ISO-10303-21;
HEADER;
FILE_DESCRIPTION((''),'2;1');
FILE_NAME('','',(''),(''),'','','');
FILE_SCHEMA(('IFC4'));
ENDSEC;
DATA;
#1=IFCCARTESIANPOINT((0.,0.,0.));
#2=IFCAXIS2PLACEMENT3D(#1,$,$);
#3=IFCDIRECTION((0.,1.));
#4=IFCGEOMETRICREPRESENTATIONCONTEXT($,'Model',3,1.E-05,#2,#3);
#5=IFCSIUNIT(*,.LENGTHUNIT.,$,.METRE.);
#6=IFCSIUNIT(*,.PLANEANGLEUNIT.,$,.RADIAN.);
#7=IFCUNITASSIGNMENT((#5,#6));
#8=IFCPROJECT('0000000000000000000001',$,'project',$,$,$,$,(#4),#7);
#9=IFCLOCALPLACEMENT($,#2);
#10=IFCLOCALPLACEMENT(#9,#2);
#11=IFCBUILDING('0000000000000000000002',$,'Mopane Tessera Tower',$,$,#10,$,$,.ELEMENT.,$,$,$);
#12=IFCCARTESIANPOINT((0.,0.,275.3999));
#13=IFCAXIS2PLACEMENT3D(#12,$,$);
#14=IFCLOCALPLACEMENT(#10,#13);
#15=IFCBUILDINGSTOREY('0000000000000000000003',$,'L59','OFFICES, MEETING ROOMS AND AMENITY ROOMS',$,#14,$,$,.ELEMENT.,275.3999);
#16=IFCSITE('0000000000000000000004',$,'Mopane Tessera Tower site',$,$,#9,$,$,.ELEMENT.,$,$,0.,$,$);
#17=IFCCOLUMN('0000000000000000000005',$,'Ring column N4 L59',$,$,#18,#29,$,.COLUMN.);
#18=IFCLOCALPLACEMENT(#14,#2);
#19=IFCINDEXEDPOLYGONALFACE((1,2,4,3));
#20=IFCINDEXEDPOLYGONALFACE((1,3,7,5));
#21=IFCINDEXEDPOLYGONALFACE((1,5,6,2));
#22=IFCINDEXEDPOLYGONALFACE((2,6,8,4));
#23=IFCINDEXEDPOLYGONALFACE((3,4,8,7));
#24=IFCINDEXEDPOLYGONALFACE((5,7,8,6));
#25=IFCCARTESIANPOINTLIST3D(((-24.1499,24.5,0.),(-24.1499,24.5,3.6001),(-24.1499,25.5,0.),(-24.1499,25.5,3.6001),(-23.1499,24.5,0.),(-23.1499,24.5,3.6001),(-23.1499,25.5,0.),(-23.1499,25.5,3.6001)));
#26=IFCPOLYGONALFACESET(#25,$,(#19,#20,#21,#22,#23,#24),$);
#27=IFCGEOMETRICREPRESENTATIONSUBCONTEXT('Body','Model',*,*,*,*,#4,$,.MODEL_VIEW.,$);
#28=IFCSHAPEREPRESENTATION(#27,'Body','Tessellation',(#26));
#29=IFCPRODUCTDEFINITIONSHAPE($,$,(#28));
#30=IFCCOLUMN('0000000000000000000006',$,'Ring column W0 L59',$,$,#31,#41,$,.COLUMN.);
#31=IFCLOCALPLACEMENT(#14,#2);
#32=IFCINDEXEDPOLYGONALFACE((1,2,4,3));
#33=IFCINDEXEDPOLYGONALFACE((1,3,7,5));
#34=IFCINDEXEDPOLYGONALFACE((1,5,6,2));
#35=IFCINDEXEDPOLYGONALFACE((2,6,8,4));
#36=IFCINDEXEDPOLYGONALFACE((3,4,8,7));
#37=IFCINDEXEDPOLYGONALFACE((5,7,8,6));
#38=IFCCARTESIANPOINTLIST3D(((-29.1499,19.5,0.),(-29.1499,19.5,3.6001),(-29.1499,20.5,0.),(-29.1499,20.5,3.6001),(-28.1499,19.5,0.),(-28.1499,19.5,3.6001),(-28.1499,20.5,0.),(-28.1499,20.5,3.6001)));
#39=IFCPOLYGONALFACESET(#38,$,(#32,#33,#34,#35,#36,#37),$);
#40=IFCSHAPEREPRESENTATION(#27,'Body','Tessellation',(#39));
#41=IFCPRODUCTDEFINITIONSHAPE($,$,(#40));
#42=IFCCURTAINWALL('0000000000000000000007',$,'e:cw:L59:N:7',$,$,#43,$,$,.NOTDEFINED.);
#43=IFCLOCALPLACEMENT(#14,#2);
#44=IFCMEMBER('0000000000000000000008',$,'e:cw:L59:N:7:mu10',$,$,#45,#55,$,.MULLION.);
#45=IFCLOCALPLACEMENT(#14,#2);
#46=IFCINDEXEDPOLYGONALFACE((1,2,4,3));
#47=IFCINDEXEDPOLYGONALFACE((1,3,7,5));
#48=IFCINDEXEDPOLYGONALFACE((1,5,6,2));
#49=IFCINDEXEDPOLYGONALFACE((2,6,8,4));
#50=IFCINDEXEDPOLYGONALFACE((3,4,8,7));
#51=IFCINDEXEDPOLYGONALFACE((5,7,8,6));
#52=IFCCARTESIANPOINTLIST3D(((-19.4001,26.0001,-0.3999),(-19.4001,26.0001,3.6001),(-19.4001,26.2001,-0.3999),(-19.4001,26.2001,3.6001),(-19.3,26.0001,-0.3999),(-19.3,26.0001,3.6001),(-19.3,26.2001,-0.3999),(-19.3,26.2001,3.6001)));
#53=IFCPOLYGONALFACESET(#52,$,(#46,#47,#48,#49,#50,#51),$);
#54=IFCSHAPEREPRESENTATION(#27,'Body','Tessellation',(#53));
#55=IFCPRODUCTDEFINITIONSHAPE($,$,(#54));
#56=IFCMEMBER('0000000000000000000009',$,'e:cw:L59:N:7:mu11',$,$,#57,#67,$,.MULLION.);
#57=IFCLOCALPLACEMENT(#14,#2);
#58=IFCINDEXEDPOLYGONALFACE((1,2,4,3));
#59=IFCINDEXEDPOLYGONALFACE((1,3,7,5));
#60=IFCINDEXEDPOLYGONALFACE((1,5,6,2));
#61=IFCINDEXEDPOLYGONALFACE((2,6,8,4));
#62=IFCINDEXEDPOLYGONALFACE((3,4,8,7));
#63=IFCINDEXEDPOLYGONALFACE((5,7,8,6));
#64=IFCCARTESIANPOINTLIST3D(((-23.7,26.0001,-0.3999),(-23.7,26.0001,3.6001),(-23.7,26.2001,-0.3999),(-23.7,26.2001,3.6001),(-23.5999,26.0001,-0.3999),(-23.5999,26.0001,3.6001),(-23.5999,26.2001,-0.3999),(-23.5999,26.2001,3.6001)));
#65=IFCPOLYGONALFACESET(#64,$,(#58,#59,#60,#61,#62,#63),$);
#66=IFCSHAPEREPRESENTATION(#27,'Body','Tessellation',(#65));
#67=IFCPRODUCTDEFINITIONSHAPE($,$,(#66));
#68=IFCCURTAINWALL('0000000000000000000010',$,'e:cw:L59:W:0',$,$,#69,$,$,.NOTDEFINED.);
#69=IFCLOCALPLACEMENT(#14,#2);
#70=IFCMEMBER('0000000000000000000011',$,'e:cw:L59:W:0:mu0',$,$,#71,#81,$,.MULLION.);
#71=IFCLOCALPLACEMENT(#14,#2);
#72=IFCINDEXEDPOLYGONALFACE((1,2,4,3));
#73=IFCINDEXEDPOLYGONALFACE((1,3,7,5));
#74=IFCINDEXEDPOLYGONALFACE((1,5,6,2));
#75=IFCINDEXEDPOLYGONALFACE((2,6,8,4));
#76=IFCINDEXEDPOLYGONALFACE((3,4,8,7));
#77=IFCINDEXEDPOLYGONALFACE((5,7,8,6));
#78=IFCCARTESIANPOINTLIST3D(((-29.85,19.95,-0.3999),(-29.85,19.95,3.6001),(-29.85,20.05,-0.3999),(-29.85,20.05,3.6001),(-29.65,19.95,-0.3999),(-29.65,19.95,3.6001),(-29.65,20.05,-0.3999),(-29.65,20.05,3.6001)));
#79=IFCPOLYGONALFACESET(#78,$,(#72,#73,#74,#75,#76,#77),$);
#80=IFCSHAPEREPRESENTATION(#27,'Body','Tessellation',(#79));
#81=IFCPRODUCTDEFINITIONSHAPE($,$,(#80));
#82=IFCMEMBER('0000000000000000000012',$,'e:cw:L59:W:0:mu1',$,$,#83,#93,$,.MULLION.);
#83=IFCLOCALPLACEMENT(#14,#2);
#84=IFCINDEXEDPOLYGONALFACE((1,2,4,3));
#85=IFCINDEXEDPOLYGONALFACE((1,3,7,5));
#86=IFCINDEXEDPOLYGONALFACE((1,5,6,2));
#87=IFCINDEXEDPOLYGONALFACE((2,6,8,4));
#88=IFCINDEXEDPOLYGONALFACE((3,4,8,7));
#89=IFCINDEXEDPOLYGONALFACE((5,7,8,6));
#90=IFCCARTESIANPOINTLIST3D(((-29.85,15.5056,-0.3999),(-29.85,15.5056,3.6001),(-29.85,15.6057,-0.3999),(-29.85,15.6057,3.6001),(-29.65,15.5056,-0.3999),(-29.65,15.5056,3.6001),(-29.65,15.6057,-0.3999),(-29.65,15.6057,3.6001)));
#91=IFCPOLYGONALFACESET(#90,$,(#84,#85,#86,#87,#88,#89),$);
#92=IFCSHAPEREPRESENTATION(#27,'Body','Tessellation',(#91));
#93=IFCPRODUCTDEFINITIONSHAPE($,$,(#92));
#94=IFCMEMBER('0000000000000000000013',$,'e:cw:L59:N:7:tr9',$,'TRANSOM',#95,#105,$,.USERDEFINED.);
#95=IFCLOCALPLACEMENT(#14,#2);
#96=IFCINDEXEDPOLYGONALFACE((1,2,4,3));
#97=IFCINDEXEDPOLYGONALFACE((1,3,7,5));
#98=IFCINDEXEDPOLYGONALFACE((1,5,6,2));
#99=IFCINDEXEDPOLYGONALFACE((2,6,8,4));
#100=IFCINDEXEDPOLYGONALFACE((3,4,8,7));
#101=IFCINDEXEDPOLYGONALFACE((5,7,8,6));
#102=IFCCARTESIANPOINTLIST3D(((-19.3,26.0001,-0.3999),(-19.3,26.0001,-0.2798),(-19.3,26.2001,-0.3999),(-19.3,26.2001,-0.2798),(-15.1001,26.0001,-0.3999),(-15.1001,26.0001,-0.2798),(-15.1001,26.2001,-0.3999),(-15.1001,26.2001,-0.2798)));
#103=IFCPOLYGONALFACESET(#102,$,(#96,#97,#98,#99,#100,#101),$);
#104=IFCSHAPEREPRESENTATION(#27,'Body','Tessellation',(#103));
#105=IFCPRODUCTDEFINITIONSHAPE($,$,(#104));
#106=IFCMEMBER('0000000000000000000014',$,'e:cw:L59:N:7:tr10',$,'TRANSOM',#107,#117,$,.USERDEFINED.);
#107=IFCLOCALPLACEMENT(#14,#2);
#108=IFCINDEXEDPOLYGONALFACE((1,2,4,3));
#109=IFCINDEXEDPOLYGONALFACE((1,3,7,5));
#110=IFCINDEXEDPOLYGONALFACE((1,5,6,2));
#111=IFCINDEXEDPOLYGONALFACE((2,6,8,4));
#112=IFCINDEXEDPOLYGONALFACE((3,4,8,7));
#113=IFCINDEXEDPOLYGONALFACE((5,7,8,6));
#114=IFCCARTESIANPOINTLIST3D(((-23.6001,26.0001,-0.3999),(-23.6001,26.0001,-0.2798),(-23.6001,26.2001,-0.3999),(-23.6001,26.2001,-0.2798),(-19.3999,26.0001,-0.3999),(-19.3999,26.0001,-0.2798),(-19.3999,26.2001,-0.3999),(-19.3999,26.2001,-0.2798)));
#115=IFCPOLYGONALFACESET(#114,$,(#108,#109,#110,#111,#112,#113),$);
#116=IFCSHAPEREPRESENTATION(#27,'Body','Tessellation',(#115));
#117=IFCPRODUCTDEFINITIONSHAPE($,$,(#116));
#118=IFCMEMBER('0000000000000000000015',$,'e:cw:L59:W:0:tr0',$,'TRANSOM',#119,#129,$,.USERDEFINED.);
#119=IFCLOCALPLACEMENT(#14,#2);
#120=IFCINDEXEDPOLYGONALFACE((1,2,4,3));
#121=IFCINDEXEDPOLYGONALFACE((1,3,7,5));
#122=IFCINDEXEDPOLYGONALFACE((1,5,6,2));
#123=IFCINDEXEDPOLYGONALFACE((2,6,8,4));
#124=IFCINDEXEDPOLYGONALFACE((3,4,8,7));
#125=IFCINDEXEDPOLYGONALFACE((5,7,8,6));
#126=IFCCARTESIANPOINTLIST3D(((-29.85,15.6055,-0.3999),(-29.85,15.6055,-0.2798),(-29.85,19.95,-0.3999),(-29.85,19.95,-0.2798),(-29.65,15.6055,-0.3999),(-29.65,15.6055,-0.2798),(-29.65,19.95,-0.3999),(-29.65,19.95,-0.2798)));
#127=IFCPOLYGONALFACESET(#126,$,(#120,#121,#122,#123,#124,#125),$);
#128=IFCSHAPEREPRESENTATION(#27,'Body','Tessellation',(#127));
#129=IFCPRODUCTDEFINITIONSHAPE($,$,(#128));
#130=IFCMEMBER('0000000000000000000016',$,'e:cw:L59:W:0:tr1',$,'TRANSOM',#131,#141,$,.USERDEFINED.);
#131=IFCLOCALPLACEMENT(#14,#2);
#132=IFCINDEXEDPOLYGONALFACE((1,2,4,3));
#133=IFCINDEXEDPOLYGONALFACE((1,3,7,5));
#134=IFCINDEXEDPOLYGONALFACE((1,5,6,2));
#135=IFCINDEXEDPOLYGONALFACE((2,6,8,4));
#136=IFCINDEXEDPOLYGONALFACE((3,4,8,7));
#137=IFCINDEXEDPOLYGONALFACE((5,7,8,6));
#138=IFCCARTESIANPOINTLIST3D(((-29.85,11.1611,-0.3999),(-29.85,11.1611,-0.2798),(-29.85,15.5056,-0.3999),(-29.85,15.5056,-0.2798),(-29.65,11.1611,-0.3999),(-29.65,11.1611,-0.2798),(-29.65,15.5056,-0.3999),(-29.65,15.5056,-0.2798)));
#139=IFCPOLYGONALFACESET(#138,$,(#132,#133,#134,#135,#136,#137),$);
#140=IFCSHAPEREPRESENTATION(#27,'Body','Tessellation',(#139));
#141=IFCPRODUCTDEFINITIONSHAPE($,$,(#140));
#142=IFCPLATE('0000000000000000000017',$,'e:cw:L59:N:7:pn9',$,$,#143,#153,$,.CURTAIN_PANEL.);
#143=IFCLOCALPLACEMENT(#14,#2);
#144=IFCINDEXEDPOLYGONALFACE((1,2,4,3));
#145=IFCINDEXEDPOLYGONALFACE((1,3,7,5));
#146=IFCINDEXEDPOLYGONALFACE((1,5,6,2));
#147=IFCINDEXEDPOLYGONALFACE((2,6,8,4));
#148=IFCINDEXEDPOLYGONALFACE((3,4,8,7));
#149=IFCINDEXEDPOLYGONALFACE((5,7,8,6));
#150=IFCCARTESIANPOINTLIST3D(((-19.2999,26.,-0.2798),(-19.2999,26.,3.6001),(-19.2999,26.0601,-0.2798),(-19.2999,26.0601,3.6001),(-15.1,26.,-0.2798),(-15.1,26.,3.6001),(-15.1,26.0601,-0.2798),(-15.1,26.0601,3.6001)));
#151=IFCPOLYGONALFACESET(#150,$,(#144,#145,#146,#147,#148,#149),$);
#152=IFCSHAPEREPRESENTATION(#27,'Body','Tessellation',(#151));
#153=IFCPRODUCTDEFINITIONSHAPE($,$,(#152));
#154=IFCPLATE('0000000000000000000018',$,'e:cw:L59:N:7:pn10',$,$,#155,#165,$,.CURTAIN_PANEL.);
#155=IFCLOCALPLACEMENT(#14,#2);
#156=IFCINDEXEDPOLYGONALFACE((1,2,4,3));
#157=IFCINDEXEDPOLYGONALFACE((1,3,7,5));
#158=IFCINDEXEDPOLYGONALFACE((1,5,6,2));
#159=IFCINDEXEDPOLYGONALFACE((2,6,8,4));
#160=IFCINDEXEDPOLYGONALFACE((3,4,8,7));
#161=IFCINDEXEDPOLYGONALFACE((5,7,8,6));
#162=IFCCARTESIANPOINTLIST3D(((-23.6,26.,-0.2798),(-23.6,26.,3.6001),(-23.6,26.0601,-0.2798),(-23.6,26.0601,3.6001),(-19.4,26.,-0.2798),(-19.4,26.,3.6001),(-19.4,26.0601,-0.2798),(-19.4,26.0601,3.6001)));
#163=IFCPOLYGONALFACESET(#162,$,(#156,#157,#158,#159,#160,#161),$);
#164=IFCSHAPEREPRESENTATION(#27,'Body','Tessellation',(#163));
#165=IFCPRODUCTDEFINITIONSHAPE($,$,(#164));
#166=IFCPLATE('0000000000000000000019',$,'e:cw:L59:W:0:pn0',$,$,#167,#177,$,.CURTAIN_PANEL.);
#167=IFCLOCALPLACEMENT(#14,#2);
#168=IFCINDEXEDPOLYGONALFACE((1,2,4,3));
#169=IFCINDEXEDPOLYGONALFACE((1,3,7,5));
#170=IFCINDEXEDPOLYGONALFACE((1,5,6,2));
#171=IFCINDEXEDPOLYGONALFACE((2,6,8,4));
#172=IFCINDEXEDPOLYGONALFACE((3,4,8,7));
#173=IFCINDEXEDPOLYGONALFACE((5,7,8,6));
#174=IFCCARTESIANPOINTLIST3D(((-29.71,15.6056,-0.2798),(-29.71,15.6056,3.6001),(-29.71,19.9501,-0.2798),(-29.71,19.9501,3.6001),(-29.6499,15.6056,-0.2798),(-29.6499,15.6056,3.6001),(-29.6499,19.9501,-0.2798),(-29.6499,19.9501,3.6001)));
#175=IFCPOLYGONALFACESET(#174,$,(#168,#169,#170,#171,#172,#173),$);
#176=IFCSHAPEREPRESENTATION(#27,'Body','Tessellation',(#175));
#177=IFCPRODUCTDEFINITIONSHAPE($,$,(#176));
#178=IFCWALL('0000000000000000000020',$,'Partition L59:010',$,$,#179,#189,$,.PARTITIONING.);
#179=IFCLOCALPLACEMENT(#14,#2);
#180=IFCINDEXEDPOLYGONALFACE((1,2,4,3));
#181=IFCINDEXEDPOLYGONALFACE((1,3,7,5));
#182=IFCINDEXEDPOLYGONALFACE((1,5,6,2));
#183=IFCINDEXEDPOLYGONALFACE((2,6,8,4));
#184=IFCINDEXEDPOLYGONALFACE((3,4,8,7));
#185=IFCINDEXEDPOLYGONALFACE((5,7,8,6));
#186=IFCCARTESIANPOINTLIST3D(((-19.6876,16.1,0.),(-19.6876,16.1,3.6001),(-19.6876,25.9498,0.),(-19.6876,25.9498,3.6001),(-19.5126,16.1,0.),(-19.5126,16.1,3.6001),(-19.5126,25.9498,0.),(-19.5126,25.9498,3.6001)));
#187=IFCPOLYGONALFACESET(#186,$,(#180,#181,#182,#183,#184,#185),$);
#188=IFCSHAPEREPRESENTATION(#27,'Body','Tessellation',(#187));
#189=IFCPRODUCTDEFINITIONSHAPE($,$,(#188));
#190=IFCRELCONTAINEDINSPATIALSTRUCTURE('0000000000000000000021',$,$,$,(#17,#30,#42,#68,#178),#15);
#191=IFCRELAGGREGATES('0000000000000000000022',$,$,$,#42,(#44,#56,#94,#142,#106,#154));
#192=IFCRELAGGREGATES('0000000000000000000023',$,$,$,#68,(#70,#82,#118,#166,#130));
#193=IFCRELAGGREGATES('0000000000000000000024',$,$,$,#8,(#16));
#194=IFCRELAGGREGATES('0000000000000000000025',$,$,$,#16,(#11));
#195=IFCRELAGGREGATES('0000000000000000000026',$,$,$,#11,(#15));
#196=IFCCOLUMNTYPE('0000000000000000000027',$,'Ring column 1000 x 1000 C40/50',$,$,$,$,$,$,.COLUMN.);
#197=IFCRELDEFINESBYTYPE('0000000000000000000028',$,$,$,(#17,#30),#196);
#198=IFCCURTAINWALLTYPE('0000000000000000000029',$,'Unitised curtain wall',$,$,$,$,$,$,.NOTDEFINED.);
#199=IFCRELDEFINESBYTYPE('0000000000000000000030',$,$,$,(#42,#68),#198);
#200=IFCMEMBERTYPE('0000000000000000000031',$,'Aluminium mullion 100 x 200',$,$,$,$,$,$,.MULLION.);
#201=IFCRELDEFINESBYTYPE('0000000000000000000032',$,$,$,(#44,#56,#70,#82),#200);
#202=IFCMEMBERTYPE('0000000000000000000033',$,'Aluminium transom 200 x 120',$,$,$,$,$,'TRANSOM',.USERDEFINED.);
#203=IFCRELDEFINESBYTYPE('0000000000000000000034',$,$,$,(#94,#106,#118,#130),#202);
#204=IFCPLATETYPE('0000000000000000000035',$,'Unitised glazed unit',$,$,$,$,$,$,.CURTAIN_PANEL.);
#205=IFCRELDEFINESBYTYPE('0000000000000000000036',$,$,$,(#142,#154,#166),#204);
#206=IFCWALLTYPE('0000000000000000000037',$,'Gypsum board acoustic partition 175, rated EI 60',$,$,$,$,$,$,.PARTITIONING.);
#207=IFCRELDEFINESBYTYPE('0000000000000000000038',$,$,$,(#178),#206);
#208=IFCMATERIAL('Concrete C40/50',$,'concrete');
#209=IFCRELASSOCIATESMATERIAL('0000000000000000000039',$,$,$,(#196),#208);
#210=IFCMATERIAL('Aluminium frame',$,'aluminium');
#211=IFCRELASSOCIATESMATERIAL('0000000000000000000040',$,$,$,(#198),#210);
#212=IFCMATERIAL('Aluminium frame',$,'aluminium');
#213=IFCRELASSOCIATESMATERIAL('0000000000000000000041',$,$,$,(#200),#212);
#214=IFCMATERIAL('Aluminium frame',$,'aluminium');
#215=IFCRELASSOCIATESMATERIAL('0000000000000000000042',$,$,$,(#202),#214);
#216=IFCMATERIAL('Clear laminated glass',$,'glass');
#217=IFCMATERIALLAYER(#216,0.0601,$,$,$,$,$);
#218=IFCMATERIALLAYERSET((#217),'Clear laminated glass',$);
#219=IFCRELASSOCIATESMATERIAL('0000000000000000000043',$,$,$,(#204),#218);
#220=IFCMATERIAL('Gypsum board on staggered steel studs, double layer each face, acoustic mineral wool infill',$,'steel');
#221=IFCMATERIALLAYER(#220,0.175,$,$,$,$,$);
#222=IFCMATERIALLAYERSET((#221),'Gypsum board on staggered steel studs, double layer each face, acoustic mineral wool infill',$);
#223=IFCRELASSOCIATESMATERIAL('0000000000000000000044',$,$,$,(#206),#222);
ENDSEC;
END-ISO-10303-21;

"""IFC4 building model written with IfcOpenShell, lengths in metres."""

from ifc_helpers import new_model, si_unit, direction, frame, frame_2d, origin, origin_2d, place, context, subcontext, project, spatial, rectangle, extrude, material, layer, layer_set, material_profile, profile_set, type_object, element, aggregate, save


model = new_model("IFC4")

# Units and contexts
model_context = context("Model", 3, precision=1e-05, world=origin(), true_north=direction((0.0, 1.0)))
body_context = subcontext(model_context, "Body", "Model", "MODEL_VIEW")
ifc_project = project(units=[si_unit("LENGTHUNIT", "METRE"), si_unit("PLANEANGLEUNIT", "RADIAN")], contexts=[model_context])

# Site, building, storey
site_placement = place(None, origin())
site = spatial("IfcSite", under=ifc_project, at=site_placement, Name="Mopane Tessera Tower site", CompositionType="ELEMENT", RefElevation=0.0)
building_placement = place(site_placement, origin())
building = spatial("IfcBuilding", under=site, at=building_placement, Name="Mopane Tessera Tower", CompositionType="ELEMENT")
storey_placement = place(building_placement, frame((0.0, 0.0, 275.3999)))
storey = spatial("IfcBuildingStorey", under=building, at=storey_placement, Name="L59", Description="OFFICES, MEETING ROOMS AND AMENITY ROOMS", CompositionType="ELEMENT", Elevation=275.3999)

# Columns
ifc_material_1 = material(Name="Concrete C40/50", Category="concrete")
ifc_material_profile_1 = material_profile(ifc_material_1, rectangle(XDim=1.0, YDim=1.0, at=origin_2d()))
ifc_profile_set_1 = profile_set([ifc_material_profile_1], Name="Concrete C40/50")
column_type = type_object("IfcColumnType", Name="Ring column 1000 x 1000 C40/50", PredefinedType="COLUMN", material=ifc_profile_set_1)
for number, where, z_axis, x_axis, name in (
    (1, (-23.6499, 25.0, 0.0), (0.0, 0.0, 1.0), (1.0, 0.0, 0.0), "Ring column N4 L59"),
    (2, (-28.6499, 20.0, 0.0), (0.0, 0.0, 1.0), (1.0, 0.0, 0.0), "Ring column W0 L59"),
):
    element("IfcColumn", number, at=place(storey_placement, frame(where, z_axis=z_axis, x_axis=x_axis)), inside=storey, type_object=column_type, Name=name, PredefinedType="COLUMN", context=body_context, shape_type="SweptSolid", body=[
        extrude(rectangle(XDim=1.0, YDim=1.0, at=origin_2d()), origin(), (0.0, 0.0, 1.0), 3.6001),
    ])

# Curtain walls, members
ifc_material_2 = material(Name="Aluminium frame", Category="aluminium")
curtain_wall_type = type_object("IfcCurtainWallType", Name="Unitised curtain wall", PredefinedType="NOTDEFINED", material=ifc_material_2)
curtain_wall_1_placement = place(storey_placement, origin())
curtain_wall_1 = element("IfcCurtainWall", 3, at=curtain_wall_1_placement, inside=storey, type_object=curtain_wall_type, Name="e:cw:L59:N:7", PredefinedType="NOTDEFINED")
ifc_material_3 = material(Name="Aluminium frame", Category="aluminium")
ifc_material_profile_2 = material_profile(ifc_material_3, rectangle(XDim=0.1001, YDim=0.2, at=origin_2d()))
ifc_profile_set_2 = profile_set([ifc_material_profile_2], Name="Aluminium frame")
member_type_1 = type_object("IfcMemberType", Name="Aluminium mullion 100 x 200", PredefinedType="MULLION", material=ifc_profile_set_2)
member_1_placement = place(storey_placement, frame((-19.3501, 26.1001, -0.3999), z_axis=(0.0, 0.0, 1.0), x_axis=(-1.0, 0.0, 0.0)))
member_1 = element("IfcMember", 4, at=member_1_placement, type_object=member_type_1, Name="e:cw:L59:N:7:mu10", PredefinedType="MULLION", context=body_context, shape_type="SweptSolid", body=[
    extrude(rectangle(XDim=0.1001, YDim=0.2, at=origin_2d()), origin(), (0.0, 0.0, 1.0), 4.0),
])
member_2_placement = place(storey_placement, frame((-23.6499, 26.1001, -0.3999), z_axis=(0.0, 0.0, 1.0), x_axis=(-1.0, 0.0, 0.0)))
member_2 = element("IfcMember", 5, at=member_2_placement, type_object=member_type_1, Name="e:cw:L59:N:7:mu11", PredefinedType="MULLION", context=body_context, shape_type="SweptSolid", body=[
    extrude(rectangle(XDim=0.1001, YDim=0.2, at=origin_2d()), origin(), (0.0, 0.0, 1.0), 4.0),
])
curtain_wall_2_placement = place(storey_placement, origin())
curtain_wall_2 = element("IfcCurtainWall", 6, at=curtain_wall_2_placement, inside=storey, type_object=curtain_wall_type, Name="e:cw:L59:W:0", PredefinedType="NOTDEFINED")
member_3_placement = place(storey_placement, frame((-29.75, 20.0, -0.3999), z_axis=(0.0, 0.0, 1.0), x_axis=(0.0, -1.0, 0.0)))
member_3 = element("IfcMember", 7, at=member_3_placement, type_object=member_type_1, Name="e:cw:L59:W:0:mu0", PredefinedType="MULLION", context=body_context, shape_type="SweptSolid", body=[
    extrude(rectangle(XDim=0.1001, YDim=0.2, at=origin_2d()), origin(), (0.0, 0.0, 1.0), 4.0),
])
member_4_placement = place(storey_placement, frame((-29.75, 15.5557, -0.3999), z_axis=(0.0, 0.0, 1.0), x_axis=(0.0, -1.0, 0.0)))
member_4 = element("IfcMember", 8, at=member_4_placement, type_object=member_type_1, Name="e:cw:L59:W:0:mu1", PredefinedType="MULLION", context=body_context, shape_type="SweptSolid", body=[
    extrude(rectangle(XDim=0.1001, YDim=0.2, at=origin_2d()), origin(), (0.0, 0.0, 1.0), 4.0),
])

# Members
ifc_material_4 = material(Name="Aluminium frame", Category="aluminium")
ifc_material_profile_3 = material_profile(ifc_material_4, rectangle(XDim=0.2, YDim=0.1201, at=origin_2d()))
ifc_profile_set_3 = profile_set([ifc_material_profile_3], Name="Aluminium frame")
member_type_2 = type_object("IfcMemberType", Name="Aluminium transom 200 x 120", ElementType="TRANSOM", PredefinedType="USERDEFINED", material=ifc_profile_set_3)
member_5_placement = place(storey_placement, frame((-15.1001, 26.1001, -0.3398), z_axis=(-1.0, 0.0, 0.0), x_axis=(0.0, -1.0, 0.0)))
member_5 = element("IfcMember", 9, at=member_5_placement, type_object=member_type_2, Name="e:cw:L59:N:7:tr9", ObjectType="TRANSOM", PredefinedType="USERDEFINED", context=body_context, shape_type="SweptSolid", body=[
    extrude(rectangle(XDim=0.2, YDim=0.1201, at=origin_2d()), origin(), (0.0, 0.0, 1.0), 4.2),
])
member_6_placement = place(storey_placement, frame((-19.3999, 26.1001, -0.3398), z_axis=(-1.0, 0.0, 0.0), x_axis=(0.0, -1.0, 0.0)))
member_6 = element("IfcMember", 10, at=member_6_placement, type_object=member_type_2, Name="e:cw:L59:N:7:tr10", ObjectType="TRANSOM", PredefinedType="USERDEFINED", context=body_context, shape_type="SweptSolid", body=[
    extrude(rectangle(XDim=0.2, YDim=0.1201, at=origin_2d()), origin(), (0.0, 0.0, 1.0), 4.2002),
])
member_7_placement = place(storey_placement, frame((-29.75, 19.95, -0.3398), z_axis=(0.0, -1.0, 0.0), x_axis=(1.0, 0.0, 0.0)))
member_7 = element("IfcMember", 11, at=member_7_placement, type_object=member_type_2, Name="e:cw:L59:W:0:tr0", ObjectType="TRANSOM", PredefinedType="USERDEFINED", context=body_context, shape_type="SweptSolid", body=[
    extrude(rectangle(XDim=0.2, YDim=0.1201, at=origin_2d()), origin(), (0.0, 0.0, 1.0), 4.3445),
])
member_8_placement = place(storey_placement, frame((-29.75, 15.5056, -0.3398), z_axis=(0.0, -1.0, 0.0), x_axis=(1.0, 0.0, 0.0)))
member_8 = element("IfcMember", 12, at=member_8_placement, type_object=member_type_2, Name="e:cw:L59:W:0:tr1", ObjectType="TRANSOM", PredefinedType="USERDEFINED", context=body_context, shape_type="SweptSolid", body=[
    extrude(rectangle(XDim=0.2, YDim=0.1201, at=origin_2d()), origin(), (0.0, 0.0, 1.0), 4.3445),
])

# Plates
ifc_material_5 = material(Name="Clear laminated glass", Category="glass")
ifc_layer_1 = layer(ifc_material_5, 0.0601)
ifc_layer_set_1 = layer_set([ifc_layer_1], Name="Clear laminated glass")
plate_type = type_object("IfcPlateType", Name="Unitised glazed unit", PredefinedType="CURTAIN_PANEL", material=ifc_layer_set_1)
plate_1_placement = place(storey_placement, frame((-17.2, 26.03, -0.2798), z_axis=(0.0, 0.0, 1.0), x_axis=(-1.0, 0.0, 0.0)))
plate_1 = element("IfcPlate", 13, at=plate_1_placement, type_object=plate_type, Name="e:cw:L59:N:7:pn9", PredefinedType="CURTAIN_PANEL", context=body_context, shape_type="SweptSolid", body=[
    extrude(rectangle(XDim=4.2, YDim=0.0601, at=origin_2d()), origin(), (0.0, 0.0, 1.0), 3.8799),
])
plate_2_placement = place(storey_placement, frame((-21.5, 26.03, -0.2798), z_axis=(0.0, 0.0, 1.0), x_axis=(-1.0, 0.0, 0.0)))
plate_2 = element("IfcPlate", 14, at=plate_2_placement, type_object=plate_type, Name="e:cw:L59:N:7:pn10", PredefinedType="CURTAIN_PANEL", context=body_context, shape_type="SweptSolid", body=[
    extrude(rectangle(XDim=4.2, YDim=0.0601, at=origin_2d()), origin(), (0.0, 0.0, 1.0), 3.8799),
])
aggregate(curtain_wall_1, [member_1, member_2, member_5, plate_1, member_6, plate_2])
plate_3_placement = place(storey_placement, frame((-29.6799, 17.7778, -0.2798), z_axis=(0.0, 0.0, 1.0), x_axis=(0.0, -1.0, 0.0)))
plate_3 = element("IfcPlate", 15, at=plate_3_placement, type_object=plate_type, Name="e:cw:L59:W:0:pn0", PredefinedType="CURTAIN_PANEL", context=body_context, shape_type="SweptSolid", body=[
    extrude(rectangle(XDim=4.3445, YDim=0.0601, at=origin_2d()), origin(), (0.0, 0.0, 1.0), 3.8799),
])
aggregate(curtain_wall_2, [member_3, member_4, member_7, plate_3, member_8])

# Wall
ifc_material_6 = material(Name="Gypsum board on staggered steel studs, double layer each face, acoustic mineral wool infill", Category="steel")
ifc_layer_2 = layer(ifc_material_6, 0.175)
ifc_layer_set_2 = layer_set([ifc_layer_2], Name="Gypsum board on staggered steel studs, double layer each face, acoustic mineral wool infill")
wall_type_1 = type_object("IfcWallType", Name="Gypsum board acoustic partition 175, rated EI 60", PredefinedType="PARTITIONING", material=ifc_layer_set_2)
wall_1_placement = place(storey_placement, frame((-19.6001, 16.1001, 0.0), z_axis=(0.0, 0.0, 1.0), x_axis=(0.0, 1.0, 0.0)))
element("IfcWall", 16, at=wall_1_placement, inside=storey, type_object=wall_type_1, Name="Partition L59:010", PredefinedType="PARTITIONING", context=body_context, shape_type="SweptSolid", body=[
    extrude(rectangle(XDim=9.8499, YDim=0.175, at=frame_2d((4.9248, 0.0))), origin(), (0.0, 0.0, 1.0), 3.6001),
])

save(model, "model.ifc")
